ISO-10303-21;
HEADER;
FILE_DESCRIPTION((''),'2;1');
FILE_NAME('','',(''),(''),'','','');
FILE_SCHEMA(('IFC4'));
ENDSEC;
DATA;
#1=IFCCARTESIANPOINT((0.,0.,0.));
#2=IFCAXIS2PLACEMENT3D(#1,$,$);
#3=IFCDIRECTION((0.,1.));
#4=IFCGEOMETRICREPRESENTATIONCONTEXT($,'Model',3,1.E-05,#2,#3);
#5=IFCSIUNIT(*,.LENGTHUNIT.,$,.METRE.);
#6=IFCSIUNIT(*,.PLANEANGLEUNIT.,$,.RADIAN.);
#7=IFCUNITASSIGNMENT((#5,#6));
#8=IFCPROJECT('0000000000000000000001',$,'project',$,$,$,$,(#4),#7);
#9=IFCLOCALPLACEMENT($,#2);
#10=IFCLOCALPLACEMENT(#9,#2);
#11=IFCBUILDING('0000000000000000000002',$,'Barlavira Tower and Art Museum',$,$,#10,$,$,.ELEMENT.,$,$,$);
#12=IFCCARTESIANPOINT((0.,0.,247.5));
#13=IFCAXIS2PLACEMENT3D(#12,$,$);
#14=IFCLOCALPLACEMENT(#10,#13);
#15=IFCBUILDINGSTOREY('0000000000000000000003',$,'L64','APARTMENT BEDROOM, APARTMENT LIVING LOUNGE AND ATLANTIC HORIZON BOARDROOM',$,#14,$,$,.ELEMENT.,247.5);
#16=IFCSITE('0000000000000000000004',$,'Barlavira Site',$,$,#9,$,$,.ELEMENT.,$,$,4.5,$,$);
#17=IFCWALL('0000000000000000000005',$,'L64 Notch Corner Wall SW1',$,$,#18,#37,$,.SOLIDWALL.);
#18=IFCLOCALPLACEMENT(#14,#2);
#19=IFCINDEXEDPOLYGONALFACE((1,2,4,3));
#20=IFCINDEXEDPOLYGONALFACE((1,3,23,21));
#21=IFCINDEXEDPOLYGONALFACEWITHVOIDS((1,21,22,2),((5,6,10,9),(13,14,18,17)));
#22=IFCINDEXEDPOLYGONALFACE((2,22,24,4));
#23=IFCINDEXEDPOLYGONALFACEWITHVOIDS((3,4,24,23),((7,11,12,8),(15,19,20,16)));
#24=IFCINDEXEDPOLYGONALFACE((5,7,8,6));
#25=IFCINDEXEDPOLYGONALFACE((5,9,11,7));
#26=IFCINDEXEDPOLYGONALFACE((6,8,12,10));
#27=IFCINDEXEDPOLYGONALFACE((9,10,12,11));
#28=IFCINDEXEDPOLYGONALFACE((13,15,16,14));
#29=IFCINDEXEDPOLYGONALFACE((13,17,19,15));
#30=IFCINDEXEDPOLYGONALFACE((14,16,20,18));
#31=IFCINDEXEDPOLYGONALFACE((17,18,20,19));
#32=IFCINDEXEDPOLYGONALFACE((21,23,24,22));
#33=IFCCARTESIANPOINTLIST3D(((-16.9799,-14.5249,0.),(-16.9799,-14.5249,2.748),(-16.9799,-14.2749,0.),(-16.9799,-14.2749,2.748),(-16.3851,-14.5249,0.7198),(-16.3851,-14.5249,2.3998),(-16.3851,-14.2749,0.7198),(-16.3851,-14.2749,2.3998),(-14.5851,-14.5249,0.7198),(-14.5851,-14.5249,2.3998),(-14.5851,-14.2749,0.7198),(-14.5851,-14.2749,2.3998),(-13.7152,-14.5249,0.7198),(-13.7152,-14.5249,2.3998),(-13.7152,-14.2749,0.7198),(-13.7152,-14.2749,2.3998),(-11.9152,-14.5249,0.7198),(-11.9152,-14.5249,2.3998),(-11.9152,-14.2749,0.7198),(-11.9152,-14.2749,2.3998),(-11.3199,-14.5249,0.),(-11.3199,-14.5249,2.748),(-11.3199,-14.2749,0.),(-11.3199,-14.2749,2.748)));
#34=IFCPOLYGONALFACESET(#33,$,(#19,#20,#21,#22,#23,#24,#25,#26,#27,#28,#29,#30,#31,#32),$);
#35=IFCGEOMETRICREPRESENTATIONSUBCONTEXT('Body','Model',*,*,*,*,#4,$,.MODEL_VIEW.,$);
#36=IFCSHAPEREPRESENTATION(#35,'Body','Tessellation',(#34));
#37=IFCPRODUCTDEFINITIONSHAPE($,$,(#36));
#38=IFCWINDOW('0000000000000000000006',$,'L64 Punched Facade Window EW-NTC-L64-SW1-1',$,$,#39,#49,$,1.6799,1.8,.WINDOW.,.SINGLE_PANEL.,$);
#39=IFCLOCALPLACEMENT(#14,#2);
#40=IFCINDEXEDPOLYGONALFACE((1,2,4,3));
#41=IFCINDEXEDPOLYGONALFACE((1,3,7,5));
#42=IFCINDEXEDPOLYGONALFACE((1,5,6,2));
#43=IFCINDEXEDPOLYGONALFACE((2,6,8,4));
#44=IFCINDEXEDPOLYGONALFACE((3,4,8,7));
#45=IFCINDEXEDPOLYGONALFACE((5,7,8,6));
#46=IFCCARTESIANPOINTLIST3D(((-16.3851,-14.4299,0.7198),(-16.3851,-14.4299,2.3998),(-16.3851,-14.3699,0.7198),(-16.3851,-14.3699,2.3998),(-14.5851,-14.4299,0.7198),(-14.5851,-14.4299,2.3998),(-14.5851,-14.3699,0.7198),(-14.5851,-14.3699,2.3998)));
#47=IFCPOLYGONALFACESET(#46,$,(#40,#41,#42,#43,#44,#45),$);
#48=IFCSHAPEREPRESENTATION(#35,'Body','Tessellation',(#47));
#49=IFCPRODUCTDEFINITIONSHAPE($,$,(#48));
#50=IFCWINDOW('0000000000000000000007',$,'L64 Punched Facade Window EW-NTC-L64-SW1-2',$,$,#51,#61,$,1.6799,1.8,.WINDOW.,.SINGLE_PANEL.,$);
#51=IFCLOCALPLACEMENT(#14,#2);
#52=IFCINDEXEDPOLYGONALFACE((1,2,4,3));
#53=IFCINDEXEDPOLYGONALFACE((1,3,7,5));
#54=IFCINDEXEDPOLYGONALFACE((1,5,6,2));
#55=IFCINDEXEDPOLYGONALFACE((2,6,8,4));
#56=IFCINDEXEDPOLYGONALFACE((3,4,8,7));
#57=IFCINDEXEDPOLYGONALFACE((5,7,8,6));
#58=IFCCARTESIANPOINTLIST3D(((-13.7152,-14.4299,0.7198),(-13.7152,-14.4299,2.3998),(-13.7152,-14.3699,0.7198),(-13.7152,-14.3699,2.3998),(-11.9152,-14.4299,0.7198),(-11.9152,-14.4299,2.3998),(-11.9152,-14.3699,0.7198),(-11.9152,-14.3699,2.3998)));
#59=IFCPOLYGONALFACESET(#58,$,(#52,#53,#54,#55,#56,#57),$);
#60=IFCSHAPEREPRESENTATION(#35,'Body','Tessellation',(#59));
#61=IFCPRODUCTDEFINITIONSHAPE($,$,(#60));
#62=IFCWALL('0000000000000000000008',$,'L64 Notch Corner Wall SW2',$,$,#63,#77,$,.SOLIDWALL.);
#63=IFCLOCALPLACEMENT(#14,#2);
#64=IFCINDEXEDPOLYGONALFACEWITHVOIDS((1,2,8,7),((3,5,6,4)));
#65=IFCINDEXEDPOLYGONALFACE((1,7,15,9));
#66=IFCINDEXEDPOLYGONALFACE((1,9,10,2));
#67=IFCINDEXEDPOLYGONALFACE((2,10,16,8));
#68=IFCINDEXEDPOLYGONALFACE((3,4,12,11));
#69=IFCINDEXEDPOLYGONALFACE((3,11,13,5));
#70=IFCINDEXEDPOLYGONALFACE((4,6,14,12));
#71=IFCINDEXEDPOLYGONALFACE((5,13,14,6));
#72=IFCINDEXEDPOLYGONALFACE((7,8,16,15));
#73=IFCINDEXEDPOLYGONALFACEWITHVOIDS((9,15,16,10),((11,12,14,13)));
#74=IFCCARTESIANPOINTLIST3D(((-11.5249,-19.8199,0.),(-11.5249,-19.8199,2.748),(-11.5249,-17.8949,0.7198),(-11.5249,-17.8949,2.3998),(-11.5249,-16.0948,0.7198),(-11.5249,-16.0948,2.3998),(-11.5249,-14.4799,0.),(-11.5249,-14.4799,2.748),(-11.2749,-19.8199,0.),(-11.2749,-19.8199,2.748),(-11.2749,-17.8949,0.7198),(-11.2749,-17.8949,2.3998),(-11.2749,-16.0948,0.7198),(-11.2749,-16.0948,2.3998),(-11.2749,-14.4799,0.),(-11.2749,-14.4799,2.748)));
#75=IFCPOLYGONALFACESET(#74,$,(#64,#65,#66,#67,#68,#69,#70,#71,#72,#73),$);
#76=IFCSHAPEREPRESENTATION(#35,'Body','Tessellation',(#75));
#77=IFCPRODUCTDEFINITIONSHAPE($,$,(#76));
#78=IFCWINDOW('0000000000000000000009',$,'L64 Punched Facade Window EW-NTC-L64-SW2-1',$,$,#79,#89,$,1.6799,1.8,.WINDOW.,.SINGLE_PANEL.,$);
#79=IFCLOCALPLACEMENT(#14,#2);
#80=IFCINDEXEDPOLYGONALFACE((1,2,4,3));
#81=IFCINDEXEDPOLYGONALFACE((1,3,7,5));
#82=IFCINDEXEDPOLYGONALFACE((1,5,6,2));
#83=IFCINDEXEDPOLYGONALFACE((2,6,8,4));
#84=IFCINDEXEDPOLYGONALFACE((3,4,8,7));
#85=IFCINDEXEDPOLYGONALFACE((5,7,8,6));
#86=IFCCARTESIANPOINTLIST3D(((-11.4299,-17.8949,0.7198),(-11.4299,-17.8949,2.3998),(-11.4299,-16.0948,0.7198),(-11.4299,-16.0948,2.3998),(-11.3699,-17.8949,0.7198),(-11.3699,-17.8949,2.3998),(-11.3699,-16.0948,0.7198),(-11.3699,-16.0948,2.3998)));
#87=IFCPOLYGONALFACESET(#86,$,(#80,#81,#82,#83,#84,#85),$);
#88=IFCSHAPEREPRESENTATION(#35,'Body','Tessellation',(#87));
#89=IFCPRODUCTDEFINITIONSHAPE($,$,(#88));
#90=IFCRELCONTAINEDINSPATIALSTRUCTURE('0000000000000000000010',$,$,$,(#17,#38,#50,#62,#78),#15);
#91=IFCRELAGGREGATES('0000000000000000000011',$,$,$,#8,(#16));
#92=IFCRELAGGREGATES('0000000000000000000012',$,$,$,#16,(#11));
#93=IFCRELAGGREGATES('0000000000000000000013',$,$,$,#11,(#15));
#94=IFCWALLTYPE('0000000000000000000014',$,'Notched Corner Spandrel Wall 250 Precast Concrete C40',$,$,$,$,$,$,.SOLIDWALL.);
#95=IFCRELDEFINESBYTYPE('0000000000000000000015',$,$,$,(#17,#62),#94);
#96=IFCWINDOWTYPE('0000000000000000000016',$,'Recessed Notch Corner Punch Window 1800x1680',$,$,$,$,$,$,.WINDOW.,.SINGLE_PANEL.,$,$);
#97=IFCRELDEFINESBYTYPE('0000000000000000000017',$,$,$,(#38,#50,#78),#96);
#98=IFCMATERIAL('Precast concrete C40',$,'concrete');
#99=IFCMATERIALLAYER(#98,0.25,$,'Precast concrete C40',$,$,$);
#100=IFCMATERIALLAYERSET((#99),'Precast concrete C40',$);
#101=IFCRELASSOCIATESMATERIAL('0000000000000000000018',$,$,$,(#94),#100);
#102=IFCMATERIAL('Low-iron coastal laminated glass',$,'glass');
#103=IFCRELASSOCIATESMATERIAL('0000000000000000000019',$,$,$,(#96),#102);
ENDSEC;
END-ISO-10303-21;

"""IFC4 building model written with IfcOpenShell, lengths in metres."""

from ifc_helpers import new_model, si_unit, direction, frame, frame_2d, origin, place, context, subcontext, project, spatial, rectangle, extrude, material, layer, layer_set, type_object, element, fill, save


model = new_model("IFC4")

# Units and contexts
model_context = context("Model", 3, precision=1e-05, world=origin(), true_north=direction((0.0, 1.0)))
body_context = subcontext(model_context, "Body", "Model", "MODEL_VIEW")
ifc_project = project(units=[si_unit("LENGTHUNIT", "METRE"), si_unit("PLANEANGLEUNIT", "RADIAN")], contexts=[model_context])

# Site, building, storey
site_placement = place(None, origin())
site = spatial("IfcSite", under=ifc_project, at=site_placement, Name="Barlavira Site", CompositionType="ELEMENT", RefElevation=4.5)
building_placement = place(site_placement, origin())
building = spatial("IfcBuilding", under=site, at=building_placement, Name="Barlavira Tower and Art Museum", CompositionType="ELEMENT")
storey_placement = place(building_placement, frame((0.0, 0.0, 247.5)))
storey = spatial("IfcBuildingStorey", under=building, at=storey_placement, Name="L64", Description="APARTMENT BEDROOM, APARTMENT LIVING LOUNGE AND ATLANTIC HORIZON BOARDROOM", CompositionType="ELEMENT", Elevation=247.5)

# Shared definitions
ifc_material_1 = material(Name="Precast concrete C40", Category="concrete")
ifc_layer_1 = layer(ifc_material_1, 0.25, Name="Precast concrete C40")
ifc_layer_set_1 = layer_set([ifc_layer_1], Name="Precast concrete C40")
wall_type_1 = type_object("IfcWallType", Name="Notched Corner Spandrel Wall 250 Precast Concrete C40", PredefinedType="SOLIDWALL", material=ifc_layer_set_1)
ifc_material_2 = material(Name="Low-iron coastal laminated glass", Category="glass")
window_type = type_object("IfcWindowType", Name="Recessed Notch Corner Punch Window 1800x1680", PartitioningType="SINGLE_PANEL", PredefinedType="WINDOW", material=ifc_material_2)

# Wall, openings, windows
wall_1_placement = place(storey_placement, frame((-16.98, -14.3999, 0.0), z_axis=(0.0, 0.0, 1.0), x_axis=(1.0, 0.0, 0.0)))
wall_1 = element("IfcWall", 1, at=wall_1_placement, inside=storey, type_object=wall_type_1, Name="L64 Notch Corner Wall SW1", PredefinedType="SOLIDWALL", context=body_context, shape_type="SweptSolid", body=[
    extrude(rectangle(XDim=5.6599, YDim=0.25, at=frame_2d((2.8301, 0.0))), origin(), (0.0, 0.0, 1.0), 2.748),
])
opening_1_placement = place(wall_1_placement, frame((0.595, 0.0, 0.72)))
opening_1 = element("IfcOpeningElement", 2, at=opening_1_placement, cuts=wall_1, PredefinedType="OPENING", context=body_context, shape_type="SweptSolid", body=[
    extrude(rectangle(XDim=1.8, YDim=1.6799, at=frame_2d((0.8999, 0.8398))), frame((0.0, 0.135, 0.0), z_axis=(0.0, -1.0, 0.0), x_axis=(1.0, 0.0, 0.0)), (0.0, 0.0, 1.0), 0.27),
])
opening_2_placement = place(wall_1_placement, frame((3.2649, 0.0, 0.72)))
opening_2 = element("IfcOpeningElement", 3, at=opening_2_placement, cuts=wall_1, PredefinedType="OPENING", context=body_context, shape_type="SweptSolid", body=[
    extrude(rectangle(XDim=1.8, YDim=1.6799, at=frame_2d((0.8999, 0.8398))), frame((0.0, 0.135, 0.0), z_axis=(0.0, -1.0, 0.0), x_axis=(1.0, 0.0, 0.0)), (0.0, 0.0, 1.0), 0.27),
])
window_1_placement = place(opening_1_placement, origin())
window_1 = element("IfcWindow", 4, at=window_1_placement, inside=storey, type_object=window_type, Name="L64 Punched Facade Window EW-NTC-L64-SW1-1", OverallHeight=1.6799, OverallWidth=1.8, PartitioningType="SINGLE_PANEL", PredefinedType="WINDOW", context=body_context, shape_type="SweptSolid", body=[
    extrude(rectangle(XDim=1.8, YDim=1.6799, at=frame_2d((0.8999, 0.8398))), frame((0.0, 0.03, 0.0), z_axis=(0.0, -1.0, 0.0), x_axis=(1.0, 0.0, 0.0)), (0.0, 0.0, 1.0), 0.0601),
])
fill(opening_1, window_1)
window_2_placement = place(opening_2_placement, origin())
window_2 = element("IfcWindow", 5, at=window_2_placement, inside=storey, type_object=window_type, Name="L64 Punched Facade Window EW-NTC-L64-SW1-2", OverallHeight=1.6799, OverallWidth=1.8, PartitioningType="SINGLE_PANEL", PredefinedType="WINDOW", context=body_context, shape_type="SweptSolid", body=[
    extrude(rectangle(XDim=1.8, YDim=1.6799, at=frame_2d((0.8999, 0.8398))), frame((0.0, 0.03, 0.0), z_axis=(0.0, -1.0, 0.0), x_axis=(1.0, 0.0, 0.0)), (0.0, 0.0, 1.0), 0.0601),
])
fill(opening_2, window_2)

# Wall, opening, window
wall_2_placement = place(storey_placement, frame((-11.3999, -14.48, 0.0), z_axis=(0.0, 0.0, 1.0), x_axis=(0.0, -1.0, 0.0)))
wall_2 = element("IfcWall", 6, at=wall_2_placement, inside=storey, type_object=wall_type_1, Name="L64 Notch Corner Wall SW2", PredefinedType="SOLIDWALL", context=body_context, shape_type="SweptSolid", body=[
    extrude(rectangle(XDim=5.3401, YDim=0.25, at=frame_2d((2.6699, 0.0))), origin(), (0.0, 0.0, 1.0), 2.748),
])
opening_3_placement = place(wall_2_placement, frame((1.615, 0.0, 0.72)))
opening_3 = element("IfcOpeningElement", 7, at=opening_3_placement, cuts=wall_2, PredefinedType="OPENING", context=body_context, shape_type="SweptSolid", body=[
    extrude(rectangle(XDim=1.8, YDim=1.6799, at=frame_2d((0.8999, 0.8398))), frame((0.0, 0.135, 0.0), z_axis=(0.0, -1.0, 0.0), x_axis=(1.0, 0.0, 0.0)), (0.0, 0.0, 1.0), 0.27),
])
window_3_placement = place(opening_3_placement, origin())
window_3 = element("IfcWindow", 8, at=window_3_placement, inside=storey, type_object=window_type, Name="L64 Punched Facade Window EW-NTC-L64-SW2-1", OverallHeight=1.6799, OverallWidth=1.8, PartitioningType="SINGLE_PANEL", PredefinedType="WINDOW", context=body_context, shape_type="SweptSolid", body=[
    extrude(rectangle(XDim=1.8, YDim=1.6799, at=frame_2d((0.8999, 0.8398))), frame((0.0, 0.03, 0.0), z_axis=(0.0, -1.0, 0.0), x_axis=(1.0, 0.0, 0.0)), (0.0, 0.0, 1.0), 0.0601),
])
fill(opening_3, window_3)

save(model, "model.ifc")
